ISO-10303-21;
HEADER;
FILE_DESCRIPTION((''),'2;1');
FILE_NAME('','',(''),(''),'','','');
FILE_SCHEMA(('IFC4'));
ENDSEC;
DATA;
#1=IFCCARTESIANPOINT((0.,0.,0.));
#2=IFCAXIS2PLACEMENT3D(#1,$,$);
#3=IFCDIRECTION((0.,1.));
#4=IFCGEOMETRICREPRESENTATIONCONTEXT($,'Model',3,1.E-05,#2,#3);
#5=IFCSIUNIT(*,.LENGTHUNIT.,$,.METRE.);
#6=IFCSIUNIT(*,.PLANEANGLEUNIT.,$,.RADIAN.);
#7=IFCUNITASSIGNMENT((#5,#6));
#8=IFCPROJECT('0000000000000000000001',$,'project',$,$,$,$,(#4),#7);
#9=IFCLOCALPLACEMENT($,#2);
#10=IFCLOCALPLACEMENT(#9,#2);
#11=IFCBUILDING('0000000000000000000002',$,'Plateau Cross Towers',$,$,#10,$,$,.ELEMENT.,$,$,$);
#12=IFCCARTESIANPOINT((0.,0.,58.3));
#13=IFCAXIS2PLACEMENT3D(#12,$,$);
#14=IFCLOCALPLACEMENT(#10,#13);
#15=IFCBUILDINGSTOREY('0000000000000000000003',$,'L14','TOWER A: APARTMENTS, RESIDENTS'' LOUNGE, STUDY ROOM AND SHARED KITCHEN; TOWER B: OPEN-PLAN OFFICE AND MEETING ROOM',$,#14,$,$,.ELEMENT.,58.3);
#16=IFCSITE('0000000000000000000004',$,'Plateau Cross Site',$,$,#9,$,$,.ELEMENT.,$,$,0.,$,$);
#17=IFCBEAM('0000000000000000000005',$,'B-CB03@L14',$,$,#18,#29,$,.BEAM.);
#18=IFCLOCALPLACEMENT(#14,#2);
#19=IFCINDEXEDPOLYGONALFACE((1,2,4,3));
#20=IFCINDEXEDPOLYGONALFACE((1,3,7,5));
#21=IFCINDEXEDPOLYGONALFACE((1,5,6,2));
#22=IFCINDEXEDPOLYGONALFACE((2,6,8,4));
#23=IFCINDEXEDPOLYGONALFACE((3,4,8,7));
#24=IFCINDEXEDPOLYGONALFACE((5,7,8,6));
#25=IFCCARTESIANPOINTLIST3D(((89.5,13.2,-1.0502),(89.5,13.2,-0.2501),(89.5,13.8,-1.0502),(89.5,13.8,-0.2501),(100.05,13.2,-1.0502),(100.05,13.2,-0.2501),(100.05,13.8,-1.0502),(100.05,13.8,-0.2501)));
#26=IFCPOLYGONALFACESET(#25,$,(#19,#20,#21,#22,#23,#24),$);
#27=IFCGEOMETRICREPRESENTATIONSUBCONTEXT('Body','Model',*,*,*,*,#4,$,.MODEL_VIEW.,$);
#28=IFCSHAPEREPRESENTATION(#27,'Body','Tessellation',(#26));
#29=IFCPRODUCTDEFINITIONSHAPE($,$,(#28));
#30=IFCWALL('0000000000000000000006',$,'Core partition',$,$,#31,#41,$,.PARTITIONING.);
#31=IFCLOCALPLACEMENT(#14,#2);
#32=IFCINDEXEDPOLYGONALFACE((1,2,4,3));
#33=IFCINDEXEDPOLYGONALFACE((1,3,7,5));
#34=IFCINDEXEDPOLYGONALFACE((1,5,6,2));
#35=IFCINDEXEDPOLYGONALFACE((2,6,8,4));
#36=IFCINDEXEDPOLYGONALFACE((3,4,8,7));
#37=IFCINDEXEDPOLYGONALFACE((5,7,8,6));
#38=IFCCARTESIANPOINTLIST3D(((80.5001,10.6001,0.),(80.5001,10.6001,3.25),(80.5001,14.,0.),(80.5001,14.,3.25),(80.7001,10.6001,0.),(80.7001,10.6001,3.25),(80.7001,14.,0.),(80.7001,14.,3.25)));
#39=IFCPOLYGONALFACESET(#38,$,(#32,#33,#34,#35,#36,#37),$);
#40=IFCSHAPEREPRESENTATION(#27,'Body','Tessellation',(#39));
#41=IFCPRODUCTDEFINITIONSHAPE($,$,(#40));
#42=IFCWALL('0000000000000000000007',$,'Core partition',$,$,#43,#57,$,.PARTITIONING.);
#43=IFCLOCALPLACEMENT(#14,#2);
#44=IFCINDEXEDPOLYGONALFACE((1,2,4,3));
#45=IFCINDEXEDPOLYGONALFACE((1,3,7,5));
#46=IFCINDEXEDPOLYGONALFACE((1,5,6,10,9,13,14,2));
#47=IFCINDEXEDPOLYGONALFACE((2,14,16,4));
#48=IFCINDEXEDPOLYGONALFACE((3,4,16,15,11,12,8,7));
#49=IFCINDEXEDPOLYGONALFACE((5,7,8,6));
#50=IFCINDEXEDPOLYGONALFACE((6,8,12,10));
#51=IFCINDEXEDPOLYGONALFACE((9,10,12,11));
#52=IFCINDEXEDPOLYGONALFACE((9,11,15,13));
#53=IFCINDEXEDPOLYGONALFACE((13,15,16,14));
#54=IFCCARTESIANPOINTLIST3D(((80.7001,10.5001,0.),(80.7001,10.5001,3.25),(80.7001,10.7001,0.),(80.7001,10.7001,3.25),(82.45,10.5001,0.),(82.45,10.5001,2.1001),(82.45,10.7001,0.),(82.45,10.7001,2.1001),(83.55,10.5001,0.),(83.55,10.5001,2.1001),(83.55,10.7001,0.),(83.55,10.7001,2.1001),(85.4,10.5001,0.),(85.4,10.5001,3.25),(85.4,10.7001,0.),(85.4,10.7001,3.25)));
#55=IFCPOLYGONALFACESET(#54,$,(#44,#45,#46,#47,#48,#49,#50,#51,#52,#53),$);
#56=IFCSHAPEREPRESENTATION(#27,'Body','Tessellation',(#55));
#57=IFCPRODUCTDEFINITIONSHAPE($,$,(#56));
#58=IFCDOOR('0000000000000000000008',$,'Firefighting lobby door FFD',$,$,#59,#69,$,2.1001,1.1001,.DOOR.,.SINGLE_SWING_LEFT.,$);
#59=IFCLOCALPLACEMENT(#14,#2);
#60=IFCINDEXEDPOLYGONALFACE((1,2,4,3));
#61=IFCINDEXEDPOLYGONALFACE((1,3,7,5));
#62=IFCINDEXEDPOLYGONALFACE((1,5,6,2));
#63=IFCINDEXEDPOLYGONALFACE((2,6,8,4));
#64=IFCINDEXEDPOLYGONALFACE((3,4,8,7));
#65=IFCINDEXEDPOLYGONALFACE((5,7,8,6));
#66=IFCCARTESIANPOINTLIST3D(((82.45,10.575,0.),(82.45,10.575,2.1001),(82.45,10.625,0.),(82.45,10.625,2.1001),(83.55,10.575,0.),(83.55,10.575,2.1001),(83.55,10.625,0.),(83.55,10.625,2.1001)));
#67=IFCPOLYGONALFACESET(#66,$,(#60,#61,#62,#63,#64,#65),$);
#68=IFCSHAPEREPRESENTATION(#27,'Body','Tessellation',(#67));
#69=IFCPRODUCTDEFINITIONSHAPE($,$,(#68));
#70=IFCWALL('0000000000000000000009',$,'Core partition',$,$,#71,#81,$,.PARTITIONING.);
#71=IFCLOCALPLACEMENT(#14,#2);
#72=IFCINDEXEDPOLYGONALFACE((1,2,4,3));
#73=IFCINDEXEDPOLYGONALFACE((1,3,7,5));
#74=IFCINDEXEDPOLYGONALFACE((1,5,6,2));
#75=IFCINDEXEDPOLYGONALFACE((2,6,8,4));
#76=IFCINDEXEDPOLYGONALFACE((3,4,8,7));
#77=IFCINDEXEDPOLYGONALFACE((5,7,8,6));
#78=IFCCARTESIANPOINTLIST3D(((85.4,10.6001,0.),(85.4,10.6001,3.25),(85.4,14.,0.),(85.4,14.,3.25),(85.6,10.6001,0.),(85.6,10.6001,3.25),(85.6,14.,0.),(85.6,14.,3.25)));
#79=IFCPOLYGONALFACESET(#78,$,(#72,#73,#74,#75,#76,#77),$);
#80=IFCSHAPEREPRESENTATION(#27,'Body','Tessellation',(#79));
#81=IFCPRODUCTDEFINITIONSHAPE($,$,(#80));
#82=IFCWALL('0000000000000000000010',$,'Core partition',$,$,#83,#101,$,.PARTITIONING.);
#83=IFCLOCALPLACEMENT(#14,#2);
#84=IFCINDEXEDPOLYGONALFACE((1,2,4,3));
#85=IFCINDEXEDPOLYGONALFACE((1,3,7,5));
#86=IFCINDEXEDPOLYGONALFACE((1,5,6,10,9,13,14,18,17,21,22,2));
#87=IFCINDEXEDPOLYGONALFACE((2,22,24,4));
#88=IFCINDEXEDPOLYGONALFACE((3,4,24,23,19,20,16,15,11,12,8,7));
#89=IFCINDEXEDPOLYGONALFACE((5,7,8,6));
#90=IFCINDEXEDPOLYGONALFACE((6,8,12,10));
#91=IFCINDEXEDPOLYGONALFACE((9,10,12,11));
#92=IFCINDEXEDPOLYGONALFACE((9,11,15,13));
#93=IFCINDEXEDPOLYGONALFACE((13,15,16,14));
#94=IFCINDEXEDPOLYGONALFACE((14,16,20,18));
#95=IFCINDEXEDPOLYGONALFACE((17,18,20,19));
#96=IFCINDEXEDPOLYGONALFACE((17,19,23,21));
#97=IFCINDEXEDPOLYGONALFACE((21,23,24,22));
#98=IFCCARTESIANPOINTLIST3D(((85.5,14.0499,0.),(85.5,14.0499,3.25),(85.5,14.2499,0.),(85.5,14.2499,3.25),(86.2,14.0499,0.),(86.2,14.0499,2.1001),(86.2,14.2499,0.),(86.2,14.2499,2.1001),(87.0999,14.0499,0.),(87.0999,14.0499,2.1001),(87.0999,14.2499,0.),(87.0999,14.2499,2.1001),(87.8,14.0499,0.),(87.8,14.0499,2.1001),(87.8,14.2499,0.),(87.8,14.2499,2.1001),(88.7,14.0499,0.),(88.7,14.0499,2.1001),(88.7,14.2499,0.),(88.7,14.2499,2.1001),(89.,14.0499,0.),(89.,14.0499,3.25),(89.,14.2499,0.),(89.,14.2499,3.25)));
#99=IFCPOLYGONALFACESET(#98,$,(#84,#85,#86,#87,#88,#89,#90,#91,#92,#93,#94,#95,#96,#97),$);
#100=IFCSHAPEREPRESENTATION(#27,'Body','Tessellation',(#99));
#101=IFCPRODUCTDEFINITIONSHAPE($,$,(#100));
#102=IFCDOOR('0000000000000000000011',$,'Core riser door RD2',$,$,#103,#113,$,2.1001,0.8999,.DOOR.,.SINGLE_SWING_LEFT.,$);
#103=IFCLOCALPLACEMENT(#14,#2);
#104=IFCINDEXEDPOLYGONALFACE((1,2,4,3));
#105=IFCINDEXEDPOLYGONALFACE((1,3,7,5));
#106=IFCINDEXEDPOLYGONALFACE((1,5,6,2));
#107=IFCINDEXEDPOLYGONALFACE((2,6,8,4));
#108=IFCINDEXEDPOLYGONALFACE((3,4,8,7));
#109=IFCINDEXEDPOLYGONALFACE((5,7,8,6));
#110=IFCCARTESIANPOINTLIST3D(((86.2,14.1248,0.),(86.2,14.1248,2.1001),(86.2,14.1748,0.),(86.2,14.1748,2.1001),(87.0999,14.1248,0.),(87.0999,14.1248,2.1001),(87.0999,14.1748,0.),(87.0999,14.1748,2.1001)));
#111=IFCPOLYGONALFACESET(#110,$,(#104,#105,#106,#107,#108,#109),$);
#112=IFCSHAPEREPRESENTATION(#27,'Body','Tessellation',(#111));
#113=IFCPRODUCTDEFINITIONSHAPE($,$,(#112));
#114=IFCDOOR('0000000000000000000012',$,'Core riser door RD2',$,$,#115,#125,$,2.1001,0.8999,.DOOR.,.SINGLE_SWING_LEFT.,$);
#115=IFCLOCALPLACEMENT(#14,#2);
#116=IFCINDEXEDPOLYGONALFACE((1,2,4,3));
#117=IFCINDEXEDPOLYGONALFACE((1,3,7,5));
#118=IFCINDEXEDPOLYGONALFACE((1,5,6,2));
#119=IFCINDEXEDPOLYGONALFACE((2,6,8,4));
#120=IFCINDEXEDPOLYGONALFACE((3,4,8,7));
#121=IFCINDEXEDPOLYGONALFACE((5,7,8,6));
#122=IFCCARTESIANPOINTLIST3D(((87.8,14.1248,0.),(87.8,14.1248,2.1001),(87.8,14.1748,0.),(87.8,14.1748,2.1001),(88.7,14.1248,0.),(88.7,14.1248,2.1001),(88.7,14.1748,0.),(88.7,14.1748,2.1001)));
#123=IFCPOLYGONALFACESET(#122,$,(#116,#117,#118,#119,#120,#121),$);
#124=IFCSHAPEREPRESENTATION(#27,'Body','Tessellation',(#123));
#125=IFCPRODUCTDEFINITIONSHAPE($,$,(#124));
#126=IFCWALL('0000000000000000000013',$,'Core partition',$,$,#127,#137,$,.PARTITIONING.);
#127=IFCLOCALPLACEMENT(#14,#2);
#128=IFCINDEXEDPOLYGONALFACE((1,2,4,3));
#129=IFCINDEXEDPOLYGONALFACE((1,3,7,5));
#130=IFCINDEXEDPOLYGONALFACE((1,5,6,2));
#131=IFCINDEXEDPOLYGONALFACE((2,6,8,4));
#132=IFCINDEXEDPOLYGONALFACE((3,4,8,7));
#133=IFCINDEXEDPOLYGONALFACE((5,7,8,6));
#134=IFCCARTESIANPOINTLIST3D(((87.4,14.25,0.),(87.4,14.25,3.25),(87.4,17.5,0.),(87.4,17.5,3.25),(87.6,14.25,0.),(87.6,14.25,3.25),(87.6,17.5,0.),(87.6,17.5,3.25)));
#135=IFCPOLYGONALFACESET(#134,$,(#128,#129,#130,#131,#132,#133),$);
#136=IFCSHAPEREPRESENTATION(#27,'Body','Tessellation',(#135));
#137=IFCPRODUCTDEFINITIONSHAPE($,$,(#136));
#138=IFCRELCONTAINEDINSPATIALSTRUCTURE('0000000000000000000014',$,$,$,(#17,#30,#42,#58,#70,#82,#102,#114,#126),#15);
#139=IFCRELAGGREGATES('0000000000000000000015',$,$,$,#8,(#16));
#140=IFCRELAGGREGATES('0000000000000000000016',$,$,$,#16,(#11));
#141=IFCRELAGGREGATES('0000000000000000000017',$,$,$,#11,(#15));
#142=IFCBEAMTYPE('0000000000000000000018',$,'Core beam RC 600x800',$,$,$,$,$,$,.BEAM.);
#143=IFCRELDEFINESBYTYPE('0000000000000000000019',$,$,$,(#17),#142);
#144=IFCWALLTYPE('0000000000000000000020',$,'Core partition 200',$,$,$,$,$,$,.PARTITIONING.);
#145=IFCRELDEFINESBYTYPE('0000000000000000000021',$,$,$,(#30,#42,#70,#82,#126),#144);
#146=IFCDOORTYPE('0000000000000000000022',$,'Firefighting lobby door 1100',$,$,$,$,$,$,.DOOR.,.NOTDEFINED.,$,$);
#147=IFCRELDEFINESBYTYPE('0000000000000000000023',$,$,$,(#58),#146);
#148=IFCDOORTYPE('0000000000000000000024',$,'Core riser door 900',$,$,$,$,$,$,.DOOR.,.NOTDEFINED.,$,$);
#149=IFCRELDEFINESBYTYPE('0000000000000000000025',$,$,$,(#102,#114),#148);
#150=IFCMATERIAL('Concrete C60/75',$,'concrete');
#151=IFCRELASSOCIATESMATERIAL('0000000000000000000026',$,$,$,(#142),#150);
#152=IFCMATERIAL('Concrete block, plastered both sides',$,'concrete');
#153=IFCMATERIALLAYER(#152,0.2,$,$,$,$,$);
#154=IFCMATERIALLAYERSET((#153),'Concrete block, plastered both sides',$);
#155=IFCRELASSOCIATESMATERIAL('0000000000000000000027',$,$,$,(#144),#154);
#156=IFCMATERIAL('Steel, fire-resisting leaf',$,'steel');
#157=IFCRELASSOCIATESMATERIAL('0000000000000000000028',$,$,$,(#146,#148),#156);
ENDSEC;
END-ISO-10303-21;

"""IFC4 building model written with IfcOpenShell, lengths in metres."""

from ifc_helpers import new_model, si_unit, direction, frame, frame_2d, origin, origin_2d, place, context, subcontext, project, spatial, rectangle, extrude, material, layer, layer_set, material_profile, profile_set, type_object, element, fill, save


model = new_model("IFC4")

# Units and contexts
model_context = context("Model", 3, precision=1e-05, world=origin(), true_north=direction((0.0, 1.0)))
body_context = subcontext(model_context, "Body", "Model", "MODEL_VIEW")
ifc_project = project(units=[si_unit("LENGTHUNIT", "METRE"), si_unit("PLANEANGLEUNIT", "RADIAN")], contexts=[model_context])

# Site, building, storey
site_placement = place(None, origin())
site = spatial("IfcSite", under=ifc_project, at=site_placement, Name="Plateau Cross Site", CompositionType="ELEMENT", RefElevation=0.0)
building_placement = place(site_placement, origin())
building = spatial("IfcBuilding", under=site, at=building_placement, Name="Plateau Cross Towers", CompositionType="ELEMENT")
storey_placement = place(building_placement, frame((0.0, 0.0, 58.3)))
storey = spatial("IfcBuildingStorey", under=building, at=storey_placement, Name="L14", Description="TOWER A: APARTMENTS, RESIDENTS' LOUNGE, STUDY ROOM AND SHARED KITCHEN; TOWER B: OPEN-PLAN OFFICE AND MEETING ROOM", CompositionType="ELEMENT", Elevation=58.3)

# Beam
ifc_material_1 = material(Name="Concrete C60/75", Category="concrete")
ifc_material_profile = material_profile(ifc_material_1, rectangle(XDim=0.6001, YDim=0.8, at=origin_2d()), Name="RC 600x800")
ifc_profile_set = profile_set([ifc_material_profile], Name="Concrete C60/75")
beam_type = type_object("IfcBeamType", Name="Core beam RC 600x800", PredefinedType="BEAM", material=ifc_profile_set)
beam_placement = place(storey_placement, frame((89.5, 13.5, -0.6501), z_axis=(1.0, 0.0, 0.0), x_axis=(0.0, 1.0, 0.0)))
element("IfcBeam", 1, at=beam_placement, inside=storey, type_object=beam_type, Name="B-CB03@L14", PredefinedType="BEAM", context=body_context, shape_type="SweptSolid", body=[
    extrude(rectangle(XDim=0.6001, YDim=0.8, at=origin_2d()), origin(), (0.0, 0.0, 1.0), 10.55),
])

# Wall
ifc_material_2 = material(Name="Concrete block, plastered both sides", Category="concrete")
ifc_layer_1 = layer(ifc_material_2, 0.2)
ifc_layer_set_1 = layer_set([ifc_layer_1], Name="Concrete block, plastered both sides")
wall_type_1 = type_object("IfcWallType", Name="Core partition 200", PredefinedType="PARTITIONING", material=ifc_layer_set_1)
wall_1_placement = place(storey_placement, frame((80.6001, 10.6001, 0.0), z_axis=(0.0, 0.0, 1.0), x_axis=(0.0, 1.0, 0.0)))
element("IfcWall", 2, at=wall_1_placement, inside=storey, type_object=wall_type_1, Name="Core partition", PredefinedType="PARTITIONING", context=body_context, shape_type="SweptSolid", body=[
    extrude(rectangle(XDim=3.3999, YDim=0.2, at=frame_2d((1.7, 0.0))), origin(), (0.0, 0.0, 1.0), 3.25),
])

# Wall, opening, door
wall_2_placement = place(storey_placement, frame((80.7, 10.6001, 0.0), z_axis=(0.0, 0.0, 1.0), x_axis=(1.0, 0.0, 0.0)))
wall_2 = element("IfcWall", 3, at=wall_2_placement, inside=storey, type_object=wall_type_1, Name="Core partition", PredefinedType="PARTITIONING", context=body_context, shape_type="SweptSolid", body=[
    extrude(rectangle(XDim=4.7, YDim=0.2, at=frame_2d((2.3501, 0.0))), origin(), (0.0, 0.0, 1.0), 3.25),
])
opening_1_placement = place(wall_2_placement, frame((1.75, 0.0, 0.0)))
opening_1 = element("IfcOpeningElement", 4, at=opening_1_placement, cuts=wall_2, PredefinedType="OPENING", context=body_context, shape_type="SweptSolid", body=[
    extrude(rectangle(XDim=1.1001, YDim=2.1001, at=frame_2d((0.55, 1.05))), frame((0.0, 0.1099, 0.0), z_axis=(0.0, -1.0, 0.0), x_axis=(1.0, 0.0, 0.0)), (0.0, 0.0, 1.0), 0.22),
])
ifc_material_3 = material(Name="Steel, fire-resisting leaf", Category="steel")
door_type_1 = type_object("IfcDoorType", Name="Firefighting lobby door 1100", OperationType="NOTDEFINED", PredefinedType="DOOR", material=ifc_material_3)
door_1_placement = place(opening_1_placement, origin())
door_1 = element("IfcDoor", 5, at=door_1_placement, inside=storey, type_object=door_type_1, Name="Firefighting lobby door FFD", OperationType="SINGLE_SWING_LEFT", OverallHeight=2.1001, OverallWidth=1.1001, PredefinedType="DOOR", context=body_context, shape_type="SweptSolid", body=[
    extrude(rectangle(XDim=1.1001, YDim=2.1001, at=frame_2d((0.55, 1.05))), frame((0.0, 0.0249, 0.0), z_axis=(0.0, -1.0, 0.0), x_axis=(1.0, 0.0, 0.0)), (0.0, 0.0, 1.0), 0.05),
])
fill(opening_1, door_1)

# Wall
wall_3_placement = place(storey_placement, frame((85.5, 10.6001, 0.0), z_axis=(0.0, 0.0, 1.0), x_axis=(0.0, 1.0, 0.0)))
element("IfcWall", 6, at=wall_3_placement, inside=storey, type_object=wall_type_1, Name="Core partition", PredefinedType="PARTITIONING", context=body_context, shape_type="SweptSolid", body=[
    extrude(rectangle(XDim=3.3999, YDim=0.2, at=frame_2d((1.7, 0.0))), origin(), (0.0, 0.0, 1.0), 3.25),
])

# Wall, openings, doors
wall_4_placement = place(storey_placement, frame((85.5, 14.1499, 0.0), z_axis=(0.0, 0.0, 1.0), x_axis=(1.0, 0.0, 0.0)))
wall_4 = element("IfcWall", 7, at=wall_4_placement, inside=storey, type_object=wall_type_1, Name="Core partition", PredefinedType="PARTITIONING", context=body_context, shape_type="SweptSolid", body=[
    extrude(rectangle(XDim=3.5, YDim=0.2, at=frame_2d((1.75, 0.0))), origin(), (0.0, 0.0, 1.0), 3.25),
])
opening_2_placement = place(wall_4_placement, frame((0.7, 0.0, 0.0)))
opening_2 = element("IfcOpeningElement", 8, at=opening_2_placement, cuts=wall_4, PredefinedType="OPENING", context=body_context, shape_type="SweptSolid", body=[
    extrude(rectangle(XDim=0.8999, YDim=2.1001, at=frame_2d((0.45, 1.05))), frame((0.0, 0.1099, 0.0), z_axis=(0.0, -1.0, 0.0), x_axis=(1.0, 0.0, 0.0)), (0.0, 0.0, 1.0), 0.22),
])
opening_3_placement = place(wall_4_placement, frame((2.3, 0.0, 0.0)))
opening_3 = element("IfcOpeningElement", 9, at=opening_3_placement, cuts=wall_4, PredefinedType="OPENING", context=body_context, shape_type="SweptSolid", body=[
    extrude(rectangle(XDim=0.8999, YDim=2.1001, at=frame_2d((0.45, 1.05))), frame((0.0, 0.1099, 0.0), z_axis=(0.0, -1.0, 0.0), x_axis=(1.0, 0.0, 0.0)), (0.0, 0.0, 1.0), 0.22),
])
door_type_2 = type_object("IfcDoorType", Name="Core riser door 900", OperationType="NOTDEFINED", PredefinedType="DOOR", material=ifc_material_3)
door_2_placement = place(opening_2_placement, origin())
door_2 = element("IfcDoor", 10, at=door_2_placement, inside=storey, type_object=door_type_2, Name="Core riser door RD2", OperationType="SINGLE_SWING_LEFT", OverallHeight=2.1001, OverallWidth=0.8999, PredefinedType="DOOR", context=body_context, shape_type="SweptSolid", body=[
    extrude(rectangle(XDim=0.8999, YDim=2.1001, at=frame_2d((0.45, 1.05))), frame((0.0, 0.0249, 0.0), z_axis=(0.0, -1.0, 0.0), x_axis=(1.0, 0.0, 0.0)), (0.0, 0.0, 1.0), 0.05),
])
fill(opening_2, door_2)
door_3_placement = place(opening_3_placement, origin())
door_3 = element("IfcDoor", 11, at=door_3_placement, inside=storey, type_object=door_type_2, Name="Core riser door RD2", OperationType="SINGLE_SWING_LEFT", OverallHeight=2.1001, OverallWidth=0.8999, PredefinedType="DOOR", context=body_context, shape_type="SweptSolid", body=[
    extrude(rectangle(XDim=0.8999, YDim=2.1001, at=frame_2d((0.45, 1.05))), frame((0.0, 0.0249, 0.0), z_axis=(0.0, -1.0, 0.0), x_axis=(1.0, 0.0, 0.0)), (0.0, 0.0, 1.0), 0.05),
])
fill(opening_3, door_3)

# Wall
wall_5_placement = place(storey_placement, frame((87.5, 14.25, 0.0), z_axis=(0.0, 0.0, 1.0), x_axis=(0.0, 1.0, 0.0)))
element("IfcWall", 12, at=wall_5_placement, inside=storey, type_object=wall_type_1, Name="Core partition", PredefinedType="PARTITIONING", context=body_context, shape_type="SweptSolid", body=[
    extrude(rectangle(XDim=3.25, YDim=0.2, at=frame_2d((1.625, 0.0))), origin(), (0.0, 0.0, 1.0), 3.25),
])

save(model, "model.ifc")
